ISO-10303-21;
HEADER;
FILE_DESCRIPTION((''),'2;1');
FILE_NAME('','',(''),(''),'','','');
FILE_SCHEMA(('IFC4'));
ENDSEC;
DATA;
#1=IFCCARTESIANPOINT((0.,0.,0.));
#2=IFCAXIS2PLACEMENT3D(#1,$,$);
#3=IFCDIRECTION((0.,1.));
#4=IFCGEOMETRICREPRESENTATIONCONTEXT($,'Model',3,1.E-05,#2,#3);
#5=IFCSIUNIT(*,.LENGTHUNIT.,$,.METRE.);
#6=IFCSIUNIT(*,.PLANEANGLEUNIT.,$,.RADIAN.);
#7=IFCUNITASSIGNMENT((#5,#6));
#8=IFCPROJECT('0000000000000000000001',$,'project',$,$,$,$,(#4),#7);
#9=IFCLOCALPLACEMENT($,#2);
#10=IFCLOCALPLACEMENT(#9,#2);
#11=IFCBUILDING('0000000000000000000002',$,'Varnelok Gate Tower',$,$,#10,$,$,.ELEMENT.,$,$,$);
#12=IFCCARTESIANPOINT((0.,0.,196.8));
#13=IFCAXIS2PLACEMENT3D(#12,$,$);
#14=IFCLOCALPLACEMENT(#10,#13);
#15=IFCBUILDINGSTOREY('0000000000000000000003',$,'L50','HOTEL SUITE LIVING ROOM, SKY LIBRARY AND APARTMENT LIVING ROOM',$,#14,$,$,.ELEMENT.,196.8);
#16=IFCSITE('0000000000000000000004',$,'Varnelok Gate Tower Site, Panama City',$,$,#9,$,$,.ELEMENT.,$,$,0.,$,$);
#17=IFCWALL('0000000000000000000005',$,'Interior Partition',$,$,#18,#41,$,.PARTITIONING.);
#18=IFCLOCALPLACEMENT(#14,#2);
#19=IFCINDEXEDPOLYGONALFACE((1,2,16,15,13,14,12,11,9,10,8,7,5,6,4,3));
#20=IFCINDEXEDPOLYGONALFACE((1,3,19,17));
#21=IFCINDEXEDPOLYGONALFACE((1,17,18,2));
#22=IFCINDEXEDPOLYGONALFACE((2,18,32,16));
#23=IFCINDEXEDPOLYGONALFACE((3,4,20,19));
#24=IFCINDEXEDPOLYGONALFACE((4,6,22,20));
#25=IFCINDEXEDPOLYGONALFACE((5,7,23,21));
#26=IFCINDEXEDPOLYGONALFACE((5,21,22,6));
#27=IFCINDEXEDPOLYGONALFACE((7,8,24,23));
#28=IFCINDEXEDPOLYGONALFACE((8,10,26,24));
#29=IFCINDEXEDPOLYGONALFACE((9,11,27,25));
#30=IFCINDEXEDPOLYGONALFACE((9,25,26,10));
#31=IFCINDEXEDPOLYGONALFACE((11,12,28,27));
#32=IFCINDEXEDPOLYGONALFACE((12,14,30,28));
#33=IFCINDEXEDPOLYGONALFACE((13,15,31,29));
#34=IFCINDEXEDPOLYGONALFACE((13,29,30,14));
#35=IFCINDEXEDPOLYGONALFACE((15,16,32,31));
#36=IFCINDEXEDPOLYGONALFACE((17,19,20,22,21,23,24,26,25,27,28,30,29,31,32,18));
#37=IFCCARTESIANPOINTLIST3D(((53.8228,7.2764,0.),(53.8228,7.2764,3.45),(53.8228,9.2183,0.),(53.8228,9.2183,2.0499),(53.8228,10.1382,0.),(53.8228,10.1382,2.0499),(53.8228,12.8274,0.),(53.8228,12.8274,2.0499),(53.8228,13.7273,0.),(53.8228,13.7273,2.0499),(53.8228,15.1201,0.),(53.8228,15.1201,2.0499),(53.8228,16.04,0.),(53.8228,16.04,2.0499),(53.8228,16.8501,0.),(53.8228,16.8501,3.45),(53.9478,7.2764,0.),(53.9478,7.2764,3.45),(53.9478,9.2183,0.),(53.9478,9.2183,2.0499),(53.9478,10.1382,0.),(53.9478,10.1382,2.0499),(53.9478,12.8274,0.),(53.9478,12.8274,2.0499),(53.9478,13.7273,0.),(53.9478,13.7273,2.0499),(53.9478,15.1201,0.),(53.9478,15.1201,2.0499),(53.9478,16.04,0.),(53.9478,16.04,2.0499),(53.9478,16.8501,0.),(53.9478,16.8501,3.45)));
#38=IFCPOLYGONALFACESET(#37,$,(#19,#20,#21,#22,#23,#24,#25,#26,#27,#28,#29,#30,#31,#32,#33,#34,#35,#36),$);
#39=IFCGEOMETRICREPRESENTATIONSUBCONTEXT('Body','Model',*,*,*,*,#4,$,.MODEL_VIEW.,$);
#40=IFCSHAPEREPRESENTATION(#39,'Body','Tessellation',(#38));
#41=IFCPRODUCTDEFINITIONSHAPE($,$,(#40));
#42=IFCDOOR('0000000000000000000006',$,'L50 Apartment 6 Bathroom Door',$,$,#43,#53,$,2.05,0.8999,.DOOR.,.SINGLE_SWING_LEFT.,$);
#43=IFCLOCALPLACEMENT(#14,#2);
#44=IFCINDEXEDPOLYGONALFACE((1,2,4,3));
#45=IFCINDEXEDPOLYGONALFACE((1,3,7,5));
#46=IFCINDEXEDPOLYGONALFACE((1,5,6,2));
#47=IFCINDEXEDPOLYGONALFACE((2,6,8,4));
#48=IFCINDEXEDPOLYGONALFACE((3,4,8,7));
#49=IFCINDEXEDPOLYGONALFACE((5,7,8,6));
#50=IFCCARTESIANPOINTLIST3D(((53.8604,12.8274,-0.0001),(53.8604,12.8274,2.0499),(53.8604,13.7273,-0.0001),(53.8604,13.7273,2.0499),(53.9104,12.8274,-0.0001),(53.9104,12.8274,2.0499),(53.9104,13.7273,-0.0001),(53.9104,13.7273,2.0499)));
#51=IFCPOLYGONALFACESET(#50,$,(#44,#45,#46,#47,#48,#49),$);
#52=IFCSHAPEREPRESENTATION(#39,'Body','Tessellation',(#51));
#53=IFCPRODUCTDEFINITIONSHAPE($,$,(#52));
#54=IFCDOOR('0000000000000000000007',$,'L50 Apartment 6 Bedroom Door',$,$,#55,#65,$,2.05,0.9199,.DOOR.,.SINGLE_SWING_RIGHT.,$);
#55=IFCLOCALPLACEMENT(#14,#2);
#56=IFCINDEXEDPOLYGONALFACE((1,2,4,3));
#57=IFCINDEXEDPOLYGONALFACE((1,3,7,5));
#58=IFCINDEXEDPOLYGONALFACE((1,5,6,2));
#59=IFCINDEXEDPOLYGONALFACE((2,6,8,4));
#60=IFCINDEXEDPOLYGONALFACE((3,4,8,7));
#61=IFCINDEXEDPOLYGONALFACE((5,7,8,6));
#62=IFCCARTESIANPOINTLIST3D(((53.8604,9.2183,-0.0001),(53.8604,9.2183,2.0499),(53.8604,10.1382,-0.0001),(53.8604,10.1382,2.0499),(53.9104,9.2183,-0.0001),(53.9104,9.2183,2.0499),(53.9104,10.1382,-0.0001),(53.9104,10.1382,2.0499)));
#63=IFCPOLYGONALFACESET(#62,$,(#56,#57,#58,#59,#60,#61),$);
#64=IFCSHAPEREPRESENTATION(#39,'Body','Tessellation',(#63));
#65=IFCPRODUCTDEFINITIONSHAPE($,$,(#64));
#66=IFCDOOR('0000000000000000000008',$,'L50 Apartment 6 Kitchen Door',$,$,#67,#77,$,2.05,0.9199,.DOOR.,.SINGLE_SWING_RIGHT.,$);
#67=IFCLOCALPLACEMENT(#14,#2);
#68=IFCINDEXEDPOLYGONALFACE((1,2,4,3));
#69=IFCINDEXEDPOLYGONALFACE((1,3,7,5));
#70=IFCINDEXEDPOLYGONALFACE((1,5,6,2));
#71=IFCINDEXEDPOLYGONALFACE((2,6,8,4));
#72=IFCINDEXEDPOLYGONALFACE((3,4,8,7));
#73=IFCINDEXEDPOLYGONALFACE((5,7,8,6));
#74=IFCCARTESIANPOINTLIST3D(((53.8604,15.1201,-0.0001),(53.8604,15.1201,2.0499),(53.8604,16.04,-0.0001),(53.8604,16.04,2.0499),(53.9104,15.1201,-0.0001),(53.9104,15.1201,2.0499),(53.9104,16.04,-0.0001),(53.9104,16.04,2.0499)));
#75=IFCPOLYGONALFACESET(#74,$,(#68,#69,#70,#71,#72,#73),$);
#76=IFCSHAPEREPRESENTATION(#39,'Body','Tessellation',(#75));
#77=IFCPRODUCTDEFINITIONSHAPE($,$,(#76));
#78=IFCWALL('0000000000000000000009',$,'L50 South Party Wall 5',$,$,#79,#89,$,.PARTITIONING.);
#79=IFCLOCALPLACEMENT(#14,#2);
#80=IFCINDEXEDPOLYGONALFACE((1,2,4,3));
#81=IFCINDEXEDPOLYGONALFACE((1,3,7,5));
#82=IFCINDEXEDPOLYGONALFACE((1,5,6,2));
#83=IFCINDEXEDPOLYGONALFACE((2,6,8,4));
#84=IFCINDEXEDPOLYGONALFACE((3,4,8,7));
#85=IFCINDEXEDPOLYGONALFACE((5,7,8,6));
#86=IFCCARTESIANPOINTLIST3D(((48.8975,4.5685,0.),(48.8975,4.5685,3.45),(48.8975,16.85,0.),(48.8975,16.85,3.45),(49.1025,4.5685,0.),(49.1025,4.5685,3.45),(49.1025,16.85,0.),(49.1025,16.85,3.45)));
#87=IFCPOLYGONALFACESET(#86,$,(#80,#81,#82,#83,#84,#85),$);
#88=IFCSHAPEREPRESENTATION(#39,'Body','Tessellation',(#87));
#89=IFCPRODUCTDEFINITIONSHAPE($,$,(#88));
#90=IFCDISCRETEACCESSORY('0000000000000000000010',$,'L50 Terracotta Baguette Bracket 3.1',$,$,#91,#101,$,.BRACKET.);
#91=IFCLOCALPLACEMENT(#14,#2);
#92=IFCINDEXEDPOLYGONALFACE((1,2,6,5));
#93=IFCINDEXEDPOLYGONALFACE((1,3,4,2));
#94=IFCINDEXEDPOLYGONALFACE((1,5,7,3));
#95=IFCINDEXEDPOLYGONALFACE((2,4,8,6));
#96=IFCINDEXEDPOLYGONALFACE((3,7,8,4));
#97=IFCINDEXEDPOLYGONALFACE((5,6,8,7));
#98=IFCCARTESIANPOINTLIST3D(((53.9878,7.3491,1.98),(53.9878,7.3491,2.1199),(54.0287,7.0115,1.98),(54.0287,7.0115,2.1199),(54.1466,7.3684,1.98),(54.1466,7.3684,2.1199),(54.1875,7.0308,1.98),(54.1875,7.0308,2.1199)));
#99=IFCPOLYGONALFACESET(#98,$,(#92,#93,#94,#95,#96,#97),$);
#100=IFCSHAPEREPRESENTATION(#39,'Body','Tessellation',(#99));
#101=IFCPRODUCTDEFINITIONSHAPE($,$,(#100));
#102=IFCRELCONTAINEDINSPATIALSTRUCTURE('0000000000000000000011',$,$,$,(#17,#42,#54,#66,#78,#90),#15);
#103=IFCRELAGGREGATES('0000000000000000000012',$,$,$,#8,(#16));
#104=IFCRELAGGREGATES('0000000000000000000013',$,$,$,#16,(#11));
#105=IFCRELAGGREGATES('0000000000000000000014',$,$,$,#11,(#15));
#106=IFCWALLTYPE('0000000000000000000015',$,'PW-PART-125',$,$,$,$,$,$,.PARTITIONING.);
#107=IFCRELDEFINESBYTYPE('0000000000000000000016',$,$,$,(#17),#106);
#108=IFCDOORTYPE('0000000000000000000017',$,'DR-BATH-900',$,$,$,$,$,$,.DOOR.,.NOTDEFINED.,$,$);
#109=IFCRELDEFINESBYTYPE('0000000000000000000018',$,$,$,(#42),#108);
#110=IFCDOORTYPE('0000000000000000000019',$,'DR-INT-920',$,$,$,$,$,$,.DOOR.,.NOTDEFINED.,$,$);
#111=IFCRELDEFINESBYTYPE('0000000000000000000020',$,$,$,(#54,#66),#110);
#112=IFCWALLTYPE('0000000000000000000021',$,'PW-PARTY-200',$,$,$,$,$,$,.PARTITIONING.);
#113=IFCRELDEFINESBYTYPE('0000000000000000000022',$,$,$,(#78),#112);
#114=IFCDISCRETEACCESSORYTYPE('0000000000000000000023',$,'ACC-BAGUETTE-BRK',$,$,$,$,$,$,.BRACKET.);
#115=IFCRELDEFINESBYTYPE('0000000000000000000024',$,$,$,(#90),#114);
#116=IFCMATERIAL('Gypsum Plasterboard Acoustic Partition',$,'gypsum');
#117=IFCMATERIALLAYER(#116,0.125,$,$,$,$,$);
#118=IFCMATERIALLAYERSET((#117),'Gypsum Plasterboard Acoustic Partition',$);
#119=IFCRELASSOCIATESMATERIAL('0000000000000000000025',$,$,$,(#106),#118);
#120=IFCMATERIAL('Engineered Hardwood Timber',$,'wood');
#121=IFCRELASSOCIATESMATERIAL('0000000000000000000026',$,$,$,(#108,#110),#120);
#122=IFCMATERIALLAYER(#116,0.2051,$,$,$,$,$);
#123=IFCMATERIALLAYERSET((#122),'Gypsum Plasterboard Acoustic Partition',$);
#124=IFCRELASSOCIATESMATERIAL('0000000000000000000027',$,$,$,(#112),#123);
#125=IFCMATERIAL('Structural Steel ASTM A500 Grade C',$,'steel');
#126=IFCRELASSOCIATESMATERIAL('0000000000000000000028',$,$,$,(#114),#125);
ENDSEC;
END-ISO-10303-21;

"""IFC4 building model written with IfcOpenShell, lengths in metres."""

from ifc_helpers import new_model, si_unit, direction, frame, frame_2d, origin, origin_2d, place, context, subcontext, project, spatial, rectangle, extrude, source, transform, mapped, material, layer, layer_set, type_object, element, fill, save


model = new_model("IFC4")

# Units and contexts
model_context = context("Model", 3, precision=1e-05, world=origin(), true_north=direction((0.0, 1.0)))
body_context = subcontext(model_context, "Body", "Model", "MODEL_VIEW")
ifc_project = project(units=[si_unit("LENGTHUNIT", "METRE"), si_unit("PLANEANGLEUNIT", "RADIAN")], contexts=[model_context])

# Site, building, storey
site_placement = place(None, origin())
site = spatial("IfcSite", under=ifc_project, at=site_placement, Name="Varnelok Gate Tower Site, Panama City", CompositionType="ELEMENT", RefElevation=0.0)
building_placement = place(site_placement, origin())
building = spatial("IfcBuilding", under=site, at=building_placement, Name="Varnelok Gate Tower", CompositionType="ELEMENT")
storey_placement = place(building_placement, frame((0.0, 0.0, 196.8)))
storey = spatial("IfcBuildingStorey", under=building, at=storey_placement, Name="L50", Description="HOTEL SUITE LIVING ROOM, SKY LIBRARY AND APARTMENT LIVING ROOM", CompositionType="ELEMENT", Elevation=196.8)

# Shared definitions
ifc_material_1 = material(Name="Gypsum Plasterboard Acoustic Partition", Category="gypsum")

# Wall, openings, doors
ifc_layer_1 = layer(ifc_material_1, 0.125)
ifc_layer_set_1 = layer_set([ifc_layer_1], Name="Gypsum Plasterboard Acoustic Partition")
wall_type_1 = type_object("IfcWallType", Name="PW-PART-125", PredefinedType="PARTITIONING", material=ifc_layer_set_1)
ifc_material_2 = material(Name="Engineered Hardwood Timber", Category="wood")
door_type_1 = type_object("IfcDoorType", Name="DR-BATH-900", OperationType="NOTDEFINED", PredefinedType="DOOR", material=ifc_material_2)
door_type_2 = type_object("IfcDoorType", Name="DR-INT-920", OperationType="NOTDEFINED", PredefinedType="DOOR", material=ifc_material_2)
wall_1_placement = place(storey_placement, frame((53.8853, 7.2764, 0.0), z_axis=(0.0, 0.0, 1.0), x_axis=(0.0, 1.0, 0.0)))
wall_1 = element("IfcWall", 1, at=wall_1_placement, inside=storey, type_object=wall_type_1, Name="Interior Partition", PredefinedType="PARTITIONING", context=body_context, shape_type="SweptSolid", body=[
    extrude(rectangle(XDim=9.5737, YDim=0.125, at=frame_2d((4.7869, 0.0))), origin(), (0.0, 0.0, 1.0), 3.45),
])
opening_1_placement = place(wall_1_placement, frame((1.9419, 0.0, 0.0)))
opening_1 = element("IfcOpeningElement", 2, at=opening_1_placement, cuts=wall_1, PredefinedType="OPENING", context=body_context, shape_type="SweptSolid", body=[
    extrude(rectangle(XDim=0.9199, YDim=2.05, at=frame_2d((0.46, 1.0249))), frame((0.0, 0.0725, 0.0), z_axis=(0.0, -1.0, 0.0), x_axis=(1.0, 0.0, 0.0)), (0.0, 0.0, 1.0), 0.145),
])
opening_2_placement = place(wall_1_placement, frame((5.551, 0.0, 0.0)))
opening_2 = element("IfcOpeningElement", 3, at=opening_2_placement, cuts=wall_1, PredefinedType="OPENING", context=body_context, shape_type="SweptSolid", body=[
    extrude(rectangle(XDim=0.8999, YDim=2.05, at=frame_2d((0.45, 1.0249))), frame((0.0, 0.0725, 0.0), z_axis=(0.0, -1.0, 0.0), x_axis=(1.0, 0.0, 0.0)), (0.0, 0.0, 1.0), 0.145),
])
opening_3_placement = place(wall_1_placement, frame((7.8438, 0.0, 0.0)))
opening_3 = element("IfcOpeningElement", 4, at=opening_3_placement, cuts=wall_1, PredefinedType="OPENING", context=body_context, shape_type="SweptSolid", body=[
    extrude(rectangle(XDim=0.9199, YDim=2.05, at=frame_2d((0.46, 1.0249))), frame((0.0, 0.0725, 0.0), z_axis=(0.0, -1.0, 0.0), x_axis=(1.0, 0.0, 0.0)), (0.0, 0.0, 1.0), 0.145),
])
door_1_placement = place(opening_2_placement, origin())
door_1 = element("IfcDoor", 5, at=door_1_placement, inside=storey, type_object=door_type_1, Name="L50 Apartment 6 Bathroom Door", OperationType="SINGLE_SWING_LEFT", OverallHeight=2.05, OverallWidth=0.8999, PredefinedType="DOOR", context=body_context, shape_type="SweptSolid", body=[
    extrude(rectangle(XDim=0.8999, YDim=2.05, at=frame_2d((0.45, 1.0249))), frame((0.0, 0.0249, 0.0), z_axis=(0.0, -1.0, 0.0), x_axis=(1.0, 0.0, 0.0)), (0.0, 0.0, 1.0), 0.05),
])
fill(opening_2, door_1)
door_2_placement = place(opening_1_placement, origin())
door_2 = element("IfcDoor", 6, at=door_2_placement, inside=storey, type_object=door_type_2, Name="L50 Apartment 6 Bedroom Door", OperationType="SINGLE_SWING_RIGHT", OverallHeight=2.05, OverallWidth=0.9199, PredefinedType="DOOR", context=body_context, shape_type="SweptSolid", body=[
    extrude(rectangle(XDim=0.9199, YDim=2.05, at=frame_2d((0.46, 1.0249))), frame((0.0, 0.0249, 0.0), z_axis=(0.0, -1.0, 0.0), x_axis=(1.0, 0.0, 0.0)), (0.0, 0.0, 1.0), 0.05),
])
fill(opening_1, door_2)
door_3_placement = place(opening_3_placement, origin())
door_3 = element("IfcDoor", 7, at=door_3_placement, inside=storey, type_object=door_type_2, Name="L50 Apartment 6 Kitchen Door", OperationType="SINGLE_SWING_RIGHT", OverallHeight=2.05, OverallWidth=0.9199, PredefinedType="DOOR", context=body_context, shape_type="SweptSolid", body=[
    extrude(rectangle(XDim=0.9199, YDim=2.05, at=frame_2d((0.46, 1.0249))), frame((0.0, 0.0249, 0.0), z_axis=(0.0, -1.0, 0.0), x_axis=(1.0, 0.0, 0.0)), (0.0, 0.0, 1.0), 0.05),
])
fill(opening_3, door_3)

# Wall
ifc_layer_2 = layer(ifc_material_1, 0.2051)
ifc_layer_set_2 = layer_set([ifc_layer_2], Name="Gypsum Plasterboard Acoustic Partition")
wall_type_2 = type_object("IfcWallType", Name="PW-PARTY-200", PredefinedType="PARTITIONING", material=ifc_layer_set_2)
wall_2_placement = place(storey_placement, frame((49.0, 4.5686, 0.0), z_axis=(0.0, 0.0, 1.0), x_axis=(0.0, 1.0, 0.0)))
element("IfcWall", 8, at=wall_2_placement, inside=storey, type_object=wall_type_2, Name="L50 South Party Wall 5", PredefinedType="PARTITIONING", context=body_context, shape_type="SweptSolid", body=[
    extrude(rectangle(XDim=12.2815, YDim=0.2051, at=frame_2d((6.1406, 0.0))), origin(), (0.0, 0.0, 1.0), 3.45),
])

# Discrete accessory
ifc_material_3 = material(Name="Structural Steel ASTM A500 Grade C", Category="steel")
discrete_accessory_type = type_object("IfcDiscreteAccessoryType", Name="ACC-BAGUETTE-BRK", PredefinedType="BRACKET", material=ifc_material_3)
shared_shape = source(origin(), body_context, "Body", "SweptSolid", [
    extrude(rectangle(XDim=0.1599, YDim=0.3401, at=origin_2d()), origin(), (0.0, 0.0, 1.0), 0.1399),
])
discrete_accessory_placement = place(storey_placement, frame((54.0876, 7.1899, 1.98), z_axis=(0.0, 0.0, 1.0), x_axis=(0.992732, 0.120345, 0.0)))
element("IfcDiscreteAccessory", 9, at=discrete_accessory_placement, inside=storey, type_object=discrete_accessory_type, Name="L50 Terracotta Baguette Bracket 3.1", PredefinedType="BRACKET", context=body_context, shape_type="MappedRepresentation", body=[
    mapped(shared_shape, transform((0.0, 0.0, 0.0), scale=1.0)),
])

save(model, "model.ifc")
